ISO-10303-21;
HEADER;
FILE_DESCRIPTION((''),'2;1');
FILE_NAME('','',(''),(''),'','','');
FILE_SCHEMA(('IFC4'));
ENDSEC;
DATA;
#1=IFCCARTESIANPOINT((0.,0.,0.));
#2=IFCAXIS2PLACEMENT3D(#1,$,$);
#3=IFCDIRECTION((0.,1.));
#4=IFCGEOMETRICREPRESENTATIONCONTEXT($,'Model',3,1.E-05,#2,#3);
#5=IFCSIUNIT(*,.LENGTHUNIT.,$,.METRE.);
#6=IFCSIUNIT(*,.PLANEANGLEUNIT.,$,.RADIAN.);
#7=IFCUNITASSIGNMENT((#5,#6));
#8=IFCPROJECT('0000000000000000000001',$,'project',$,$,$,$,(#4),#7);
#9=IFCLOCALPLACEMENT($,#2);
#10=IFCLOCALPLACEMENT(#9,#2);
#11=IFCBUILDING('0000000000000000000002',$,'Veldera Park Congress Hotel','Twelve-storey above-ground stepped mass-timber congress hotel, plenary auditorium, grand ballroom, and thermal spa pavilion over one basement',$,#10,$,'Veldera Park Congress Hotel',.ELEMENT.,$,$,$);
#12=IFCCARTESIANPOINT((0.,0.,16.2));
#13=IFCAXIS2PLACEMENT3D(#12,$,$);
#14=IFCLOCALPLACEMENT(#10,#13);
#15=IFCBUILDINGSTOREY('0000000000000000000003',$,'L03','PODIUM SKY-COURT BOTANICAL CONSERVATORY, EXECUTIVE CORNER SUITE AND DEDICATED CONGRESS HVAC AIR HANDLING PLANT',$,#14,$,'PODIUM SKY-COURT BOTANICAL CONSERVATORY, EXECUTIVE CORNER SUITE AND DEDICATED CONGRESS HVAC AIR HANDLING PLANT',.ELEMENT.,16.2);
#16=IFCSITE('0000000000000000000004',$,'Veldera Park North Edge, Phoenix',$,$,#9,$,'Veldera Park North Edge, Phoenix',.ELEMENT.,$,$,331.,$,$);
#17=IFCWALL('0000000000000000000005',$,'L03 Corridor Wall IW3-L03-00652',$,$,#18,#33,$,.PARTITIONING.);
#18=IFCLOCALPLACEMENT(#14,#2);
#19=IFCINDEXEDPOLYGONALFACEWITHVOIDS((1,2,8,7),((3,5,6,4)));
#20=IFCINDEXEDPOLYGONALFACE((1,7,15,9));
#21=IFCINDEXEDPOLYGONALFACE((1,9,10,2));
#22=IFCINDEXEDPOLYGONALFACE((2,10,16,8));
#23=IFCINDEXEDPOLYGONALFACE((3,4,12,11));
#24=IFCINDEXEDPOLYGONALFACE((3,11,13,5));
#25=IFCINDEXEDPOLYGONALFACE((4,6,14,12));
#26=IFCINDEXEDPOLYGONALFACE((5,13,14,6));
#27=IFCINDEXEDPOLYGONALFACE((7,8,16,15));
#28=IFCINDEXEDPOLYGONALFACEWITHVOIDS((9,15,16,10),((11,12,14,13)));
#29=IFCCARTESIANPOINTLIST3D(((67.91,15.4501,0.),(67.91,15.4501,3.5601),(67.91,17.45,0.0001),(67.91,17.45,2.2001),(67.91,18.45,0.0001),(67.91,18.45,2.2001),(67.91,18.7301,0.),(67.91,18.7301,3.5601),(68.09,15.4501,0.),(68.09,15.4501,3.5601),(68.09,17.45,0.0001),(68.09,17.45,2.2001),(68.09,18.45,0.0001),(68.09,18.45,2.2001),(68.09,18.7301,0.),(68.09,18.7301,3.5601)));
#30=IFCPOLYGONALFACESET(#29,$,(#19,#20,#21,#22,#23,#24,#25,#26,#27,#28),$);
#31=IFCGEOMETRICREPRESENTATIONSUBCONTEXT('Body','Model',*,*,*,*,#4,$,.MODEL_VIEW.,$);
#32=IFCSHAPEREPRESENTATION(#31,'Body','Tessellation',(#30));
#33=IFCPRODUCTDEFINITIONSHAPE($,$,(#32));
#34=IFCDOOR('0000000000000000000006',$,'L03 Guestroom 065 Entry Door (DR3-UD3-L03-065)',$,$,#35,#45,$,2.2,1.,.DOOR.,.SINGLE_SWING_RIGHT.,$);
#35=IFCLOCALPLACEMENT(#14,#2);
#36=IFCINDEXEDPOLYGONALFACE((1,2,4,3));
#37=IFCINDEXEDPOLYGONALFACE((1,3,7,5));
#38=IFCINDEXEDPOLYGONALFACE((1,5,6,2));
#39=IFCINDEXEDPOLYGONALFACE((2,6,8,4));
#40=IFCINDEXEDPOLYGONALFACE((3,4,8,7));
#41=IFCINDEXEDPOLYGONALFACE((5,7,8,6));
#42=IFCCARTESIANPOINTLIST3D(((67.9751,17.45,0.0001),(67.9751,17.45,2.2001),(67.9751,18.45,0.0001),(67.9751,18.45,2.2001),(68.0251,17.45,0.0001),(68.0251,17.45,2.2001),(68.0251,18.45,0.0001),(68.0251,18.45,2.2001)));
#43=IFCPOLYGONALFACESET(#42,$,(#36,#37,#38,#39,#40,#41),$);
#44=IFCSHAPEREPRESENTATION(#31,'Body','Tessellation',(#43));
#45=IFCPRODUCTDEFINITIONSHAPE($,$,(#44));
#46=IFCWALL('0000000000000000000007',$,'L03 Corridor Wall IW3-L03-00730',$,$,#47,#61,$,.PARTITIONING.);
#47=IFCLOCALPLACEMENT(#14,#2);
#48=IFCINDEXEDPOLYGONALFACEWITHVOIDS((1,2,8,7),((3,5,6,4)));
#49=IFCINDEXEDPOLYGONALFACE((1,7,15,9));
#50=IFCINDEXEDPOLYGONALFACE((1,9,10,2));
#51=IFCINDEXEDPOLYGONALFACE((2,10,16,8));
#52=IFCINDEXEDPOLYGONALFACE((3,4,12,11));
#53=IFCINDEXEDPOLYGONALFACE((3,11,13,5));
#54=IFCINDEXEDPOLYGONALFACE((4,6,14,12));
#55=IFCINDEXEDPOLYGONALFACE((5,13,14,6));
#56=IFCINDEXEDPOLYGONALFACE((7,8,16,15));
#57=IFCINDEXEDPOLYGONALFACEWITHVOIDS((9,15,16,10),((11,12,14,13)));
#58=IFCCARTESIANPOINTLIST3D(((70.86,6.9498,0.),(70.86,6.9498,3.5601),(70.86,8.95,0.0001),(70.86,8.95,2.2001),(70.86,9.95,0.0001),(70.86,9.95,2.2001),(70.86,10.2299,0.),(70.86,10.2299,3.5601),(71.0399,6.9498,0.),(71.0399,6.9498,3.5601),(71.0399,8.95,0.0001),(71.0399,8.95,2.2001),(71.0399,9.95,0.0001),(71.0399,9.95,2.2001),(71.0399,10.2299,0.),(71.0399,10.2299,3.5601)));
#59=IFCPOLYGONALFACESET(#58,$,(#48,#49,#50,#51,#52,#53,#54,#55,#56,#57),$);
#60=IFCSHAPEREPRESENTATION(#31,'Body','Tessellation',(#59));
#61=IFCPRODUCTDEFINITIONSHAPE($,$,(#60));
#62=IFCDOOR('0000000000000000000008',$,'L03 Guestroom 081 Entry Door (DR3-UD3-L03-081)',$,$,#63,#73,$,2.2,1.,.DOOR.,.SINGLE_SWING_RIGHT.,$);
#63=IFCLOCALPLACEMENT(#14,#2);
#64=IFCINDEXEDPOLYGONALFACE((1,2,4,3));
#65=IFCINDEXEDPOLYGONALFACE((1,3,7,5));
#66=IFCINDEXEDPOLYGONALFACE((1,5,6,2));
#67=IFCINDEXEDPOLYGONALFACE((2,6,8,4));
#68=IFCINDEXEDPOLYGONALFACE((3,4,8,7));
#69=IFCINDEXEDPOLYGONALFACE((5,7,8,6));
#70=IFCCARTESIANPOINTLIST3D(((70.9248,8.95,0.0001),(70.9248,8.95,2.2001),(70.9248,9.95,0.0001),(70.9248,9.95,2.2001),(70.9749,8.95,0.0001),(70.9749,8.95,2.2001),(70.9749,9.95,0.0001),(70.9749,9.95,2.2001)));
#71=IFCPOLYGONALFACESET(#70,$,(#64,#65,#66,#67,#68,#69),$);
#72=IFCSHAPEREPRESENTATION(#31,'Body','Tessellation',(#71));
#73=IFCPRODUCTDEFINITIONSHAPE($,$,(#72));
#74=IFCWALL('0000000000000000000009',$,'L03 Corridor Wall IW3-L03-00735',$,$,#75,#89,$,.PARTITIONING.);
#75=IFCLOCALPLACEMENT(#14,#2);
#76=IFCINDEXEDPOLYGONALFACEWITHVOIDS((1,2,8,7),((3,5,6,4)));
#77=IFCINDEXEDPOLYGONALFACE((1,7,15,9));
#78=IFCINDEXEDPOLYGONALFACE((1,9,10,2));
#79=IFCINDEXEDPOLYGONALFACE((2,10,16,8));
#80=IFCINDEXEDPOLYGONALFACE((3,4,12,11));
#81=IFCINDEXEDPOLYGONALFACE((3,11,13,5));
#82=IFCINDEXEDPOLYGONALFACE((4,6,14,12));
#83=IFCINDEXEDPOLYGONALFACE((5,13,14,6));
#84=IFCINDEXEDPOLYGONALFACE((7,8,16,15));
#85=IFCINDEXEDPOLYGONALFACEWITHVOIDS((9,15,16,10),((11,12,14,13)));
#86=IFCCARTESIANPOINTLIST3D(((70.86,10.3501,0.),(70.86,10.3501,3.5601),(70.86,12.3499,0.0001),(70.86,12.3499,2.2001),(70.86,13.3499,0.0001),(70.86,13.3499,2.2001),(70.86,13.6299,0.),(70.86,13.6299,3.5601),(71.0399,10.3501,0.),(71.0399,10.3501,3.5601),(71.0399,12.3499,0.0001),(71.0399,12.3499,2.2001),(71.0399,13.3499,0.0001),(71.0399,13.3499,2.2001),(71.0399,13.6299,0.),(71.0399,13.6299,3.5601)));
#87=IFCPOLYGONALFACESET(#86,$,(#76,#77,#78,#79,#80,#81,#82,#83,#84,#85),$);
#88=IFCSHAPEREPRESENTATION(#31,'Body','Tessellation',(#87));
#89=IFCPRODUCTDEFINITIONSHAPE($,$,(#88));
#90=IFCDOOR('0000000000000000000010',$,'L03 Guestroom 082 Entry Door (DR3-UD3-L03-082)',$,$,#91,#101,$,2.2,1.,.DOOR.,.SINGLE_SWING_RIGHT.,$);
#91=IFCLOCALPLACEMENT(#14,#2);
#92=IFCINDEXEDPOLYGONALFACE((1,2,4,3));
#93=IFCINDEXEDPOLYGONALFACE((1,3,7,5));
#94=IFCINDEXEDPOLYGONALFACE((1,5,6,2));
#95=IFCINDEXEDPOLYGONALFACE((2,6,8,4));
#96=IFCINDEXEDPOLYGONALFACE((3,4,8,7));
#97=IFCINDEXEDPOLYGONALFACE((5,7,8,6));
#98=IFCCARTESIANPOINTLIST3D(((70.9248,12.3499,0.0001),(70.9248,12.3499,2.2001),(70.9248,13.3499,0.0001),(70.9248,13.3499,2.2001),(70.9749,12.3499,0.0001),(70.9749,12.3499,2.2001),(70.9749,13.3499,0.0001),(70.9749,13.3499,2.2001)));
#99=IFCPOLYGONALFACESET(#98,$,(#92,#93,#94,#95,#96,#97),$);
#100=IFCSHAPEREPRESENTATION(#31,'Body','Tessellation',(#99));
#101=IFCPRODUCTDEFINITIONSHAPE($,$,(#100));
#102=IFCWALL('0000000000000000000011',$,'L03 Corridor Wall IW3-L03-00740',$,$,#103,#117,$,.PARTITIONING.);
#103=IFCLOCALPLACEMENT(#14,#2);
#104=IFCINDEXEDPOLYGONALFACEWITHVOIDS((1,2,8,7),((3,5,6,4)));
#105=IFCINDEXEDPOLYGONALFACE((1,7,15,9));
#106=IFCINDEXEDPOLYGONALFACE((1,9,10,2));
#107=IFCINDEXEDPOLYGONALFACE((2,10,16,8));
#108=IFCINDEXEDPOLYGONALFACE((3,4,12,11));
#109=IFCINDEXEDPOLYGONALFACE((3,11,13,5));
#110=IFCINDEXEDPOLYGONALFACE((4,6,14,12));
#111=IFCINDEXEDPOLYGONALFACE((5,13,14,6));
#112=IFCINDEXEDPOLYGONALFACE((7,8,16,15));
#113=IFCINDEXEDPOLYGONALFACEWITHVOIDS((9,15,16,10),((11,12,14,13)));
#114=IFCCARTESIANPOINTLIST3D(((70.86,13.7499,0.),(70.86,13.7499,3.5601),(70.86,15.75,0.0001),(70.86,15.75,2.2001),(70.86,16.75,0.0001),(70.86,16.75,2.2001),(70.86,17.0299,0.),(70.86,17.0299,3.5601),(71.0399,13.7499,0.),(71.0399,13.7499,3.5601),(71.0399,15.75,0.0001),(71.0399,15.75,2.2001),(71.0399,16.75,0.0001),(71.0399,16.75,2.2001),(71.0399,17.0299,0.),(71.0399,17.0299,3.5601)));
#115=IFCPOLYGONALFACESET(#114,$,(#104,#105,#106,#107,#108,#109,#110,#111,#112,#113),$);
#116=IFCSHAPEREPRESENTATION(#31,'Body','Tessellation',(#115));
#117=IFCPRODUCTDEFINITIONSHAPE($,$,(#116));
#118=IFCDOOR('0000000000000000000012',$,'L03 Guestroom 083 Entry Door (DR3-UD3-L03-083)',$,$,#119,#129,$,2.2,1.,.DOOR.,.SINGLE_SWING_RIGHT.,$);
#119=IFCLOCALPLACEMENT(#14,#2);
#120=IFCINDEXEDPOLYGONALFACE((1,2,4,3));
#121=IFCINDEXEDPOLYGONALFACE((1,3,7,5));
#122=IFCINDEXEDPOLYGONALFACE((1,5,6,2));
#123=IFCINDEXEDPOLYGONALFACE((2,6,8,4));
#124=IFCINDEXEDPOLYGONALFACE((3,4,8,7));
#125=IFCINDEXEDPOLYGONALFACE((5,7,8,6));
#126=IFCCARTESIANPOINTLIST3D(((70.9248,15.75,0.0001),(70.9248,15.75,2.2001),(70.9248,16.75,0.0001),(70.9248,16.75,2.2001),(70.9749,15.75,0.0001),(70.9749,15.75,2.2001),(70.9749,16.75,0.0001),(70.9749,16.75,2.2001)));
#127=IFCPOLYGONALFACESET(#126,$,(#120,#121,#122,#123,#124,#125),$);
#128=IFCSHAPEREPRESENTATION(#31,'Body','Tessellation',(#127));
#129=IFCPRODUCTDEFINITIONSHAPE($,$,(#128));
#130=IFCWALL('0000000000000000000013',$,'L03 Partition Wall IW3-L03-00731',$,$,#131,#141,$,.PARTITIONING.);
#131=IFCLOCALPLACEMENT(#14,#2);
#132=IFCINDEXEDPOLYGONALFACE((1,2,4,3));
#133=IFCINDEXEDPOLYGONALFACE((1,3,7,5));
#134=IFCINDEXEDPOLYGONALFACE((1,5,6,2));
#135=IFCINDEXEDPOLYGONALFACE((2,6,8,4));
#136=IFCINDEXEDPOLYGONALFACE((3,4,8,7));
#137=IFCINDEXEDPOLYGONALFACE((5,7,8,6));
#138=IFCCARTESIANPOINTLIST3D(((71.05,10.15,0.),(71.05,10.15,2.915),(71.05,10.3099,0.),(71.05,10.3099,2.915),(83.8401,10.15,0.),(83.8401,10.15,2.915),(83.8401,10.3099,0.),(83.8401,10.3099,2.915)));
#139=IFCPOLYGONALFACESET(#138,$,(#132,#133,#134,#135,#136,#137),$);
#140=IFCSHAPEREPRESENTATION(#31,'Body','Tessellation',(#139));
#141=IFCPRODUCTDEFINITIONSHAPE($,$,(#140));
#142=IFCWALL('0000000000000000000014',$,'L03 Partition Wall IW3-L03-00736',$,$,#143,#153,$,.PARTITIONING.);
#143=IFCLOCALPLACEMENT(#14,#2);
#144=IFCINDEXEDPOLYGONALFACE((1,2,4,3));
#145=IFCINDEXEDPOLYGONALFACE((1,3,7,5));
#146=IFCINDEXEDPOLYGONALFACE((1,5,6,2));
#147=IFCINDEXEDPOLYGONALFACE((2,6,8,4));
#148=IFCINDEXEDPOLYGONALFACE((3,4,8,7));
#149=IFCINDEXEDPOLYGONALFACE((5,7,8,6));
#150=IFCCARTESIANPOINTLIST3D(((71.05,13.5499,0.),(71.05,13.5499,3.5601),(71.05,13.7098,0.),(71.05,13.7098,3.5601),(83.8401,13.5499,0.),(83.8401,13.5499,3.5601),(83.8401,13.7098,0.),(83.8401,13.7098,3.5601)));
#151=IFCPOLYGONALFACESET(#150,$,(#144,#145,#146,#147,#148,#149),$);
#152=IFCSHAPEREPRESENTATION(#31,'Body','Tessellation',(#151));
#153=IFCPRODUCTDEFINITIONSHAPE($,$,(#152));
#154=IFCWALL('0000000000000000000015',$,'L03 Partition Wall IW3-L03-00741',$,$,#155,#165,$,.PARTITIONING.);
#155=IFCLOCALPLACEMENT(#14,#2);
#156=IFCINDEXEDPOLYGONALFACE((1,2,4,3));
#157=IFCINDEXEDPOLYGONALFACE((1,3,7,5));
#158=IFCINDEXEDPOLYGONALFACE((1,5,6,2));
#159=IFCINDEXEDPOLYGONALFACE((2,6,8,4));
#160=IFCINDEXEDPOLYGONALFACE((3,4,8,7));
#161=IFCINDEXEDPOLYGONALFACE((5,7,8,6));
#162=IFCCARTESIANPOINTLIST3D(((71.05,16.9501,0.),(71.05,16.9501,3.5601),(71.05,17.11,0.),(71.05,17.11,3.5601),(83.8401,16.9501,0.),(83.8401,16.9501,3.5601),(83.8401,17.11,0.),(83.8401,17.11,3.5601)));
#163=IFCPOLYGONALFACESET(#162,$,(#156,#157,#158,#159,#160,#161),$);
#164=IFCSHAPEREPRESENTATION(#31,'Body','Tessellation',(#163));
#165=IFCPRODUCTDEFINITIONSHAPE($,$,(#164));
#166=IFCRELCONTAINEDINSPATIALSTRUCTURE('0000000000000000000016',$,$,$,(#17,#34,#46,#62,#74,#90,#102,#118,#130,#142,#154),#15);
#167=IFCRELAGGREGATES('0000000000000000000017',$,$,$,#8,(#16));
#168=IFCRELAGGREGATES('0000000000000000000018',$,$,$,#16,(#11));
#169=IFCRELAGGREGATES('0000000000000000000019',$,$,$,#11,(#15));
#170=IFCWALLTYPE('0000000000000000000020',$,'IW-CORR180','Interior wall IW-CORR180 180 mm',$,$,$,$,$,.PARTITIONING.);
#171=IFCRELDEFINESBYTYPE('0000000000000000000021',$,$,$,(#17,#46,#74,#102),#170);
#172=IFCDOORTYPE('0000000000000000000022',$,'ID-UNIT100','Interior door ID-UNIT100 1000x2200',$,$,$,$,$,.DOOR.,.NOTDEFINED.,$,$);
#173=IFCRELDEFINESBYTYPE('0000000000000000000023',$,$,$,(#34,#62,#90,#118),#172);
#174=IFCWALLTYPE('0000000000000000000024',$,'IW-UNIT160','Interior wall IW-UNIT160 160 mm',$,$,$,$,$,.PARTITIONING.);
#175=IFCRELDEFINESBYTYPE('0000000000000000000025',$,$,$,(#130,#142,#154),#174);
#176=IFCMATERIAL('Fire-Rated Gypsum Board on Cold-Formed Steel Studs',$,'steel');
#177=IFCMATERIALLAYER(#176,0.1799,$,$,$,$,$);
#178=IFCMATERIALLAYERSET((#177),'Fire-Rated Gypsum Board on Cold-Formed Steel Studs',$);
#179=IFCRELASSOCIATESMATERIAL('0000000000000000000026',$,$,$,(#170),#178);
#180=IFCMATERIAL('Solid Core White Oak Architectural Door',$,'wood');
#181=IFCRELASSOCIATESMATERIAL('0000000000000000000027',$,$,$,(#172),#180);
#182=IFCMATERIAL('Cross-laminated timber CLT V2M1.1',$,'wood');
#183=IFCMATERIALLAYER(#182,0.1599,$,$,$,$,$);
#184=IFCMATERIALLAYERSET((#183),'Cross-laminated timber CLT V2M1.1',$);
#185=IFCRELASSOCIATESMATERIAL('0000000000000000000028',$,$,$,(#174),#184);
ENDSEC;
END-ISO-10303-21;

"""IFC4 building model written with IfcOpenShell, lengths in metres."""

from ifc_helpers import new_model, si_unit, direction, frame, frame_2d, origin, place, context, subcontext, project, spatial, rectangle, extrude, material, layer, layer_set, type_object, element, fill, save


model = new_model("IFC4")

# Units and contexts
model_context = context("Model", 3, precision=1e-05, world=origin(), true_north=direction((0.0, 1.0)))
body_context = subcontext(model_context, "Body", "Model", "MODEL_VIEW")
ifc_project = project(units=[si_unit("LENGTHUNIT", "METRE"), si_unit("PLANEANGLEUNIT", "RADIAN")], contexts=[model_context])

# Site, building, storey
site_placement = place(None, origin())
site = spatial("IfcSite", under=ifc_project, at=site_placement, Name="Veldera Park North Edge, Phoenix", LongName="Veldera Park North Edge, Phoenix", CompositionType="ELEMENT", RefElevation=331.0)
building_placement = place(site_placement, origin())
building = spatial("IfcBuilding", under=site, at=building_placement, Name="Veldera Park Congress Hotel", Description="Twelve-storey above-ground stepped mass-timber congress hotel, plenary auditorium, grand ballroom, and thermal spa pavilion over one basement", LongName="Veldera Park Congress Hotel", CompositionType="ELEMENT")
storey_placement = place(building_placement, frame((0.0, 0.0, 16.2)))
storey = spatial("IfcBuildingStorey", under=building, at=storey_placement, Name="L03", Description="PODIUM SKY-COURT BOTANICAL CONSERVATORY, EXECUTIVE CORNER SUITE AND DEDICATED CONGRESS HVAC AIR HANDLING PLANT", LongName="PODIUM SKY-COURT BOTANICAL CONSERVATORY, EXECUTIVE CORNER SUITE AND DEDICATED CONGRESS HVAC AIR HANDLING PLANT", CompositionType="ELEMENT", Elevation=16.2)

# Shared definitions
ifc_material_1 = material(Name="Fire-Rated Gypsum Board on Cold-Formed Steel Studs", Category="steel")
ifc_material_2 = material(Name="Solid Core White Oak Architectural Door", Category="wood")

# Walls, openings, doors
ifc_layer_1 = layer(ifc_material_1, 0.1799)
ifc_layer_set_1 = layer_set([ifc_layer_1], Name="Fire-Rated Gypsum Board on Cold-Formed Steel Studs")
wall_type_1 = type_object("IfcWallType", Name="IW-CORR180", Description="Interior wall IW-CORR180 180 mm", PredefinedType="PARTITIONING", material=ifc_layer_set_1)
door_type_1 = type_object("IfcDoorType", Name="ID-UNIT100", Description="Interior door ID-UNIT100 1000x2200", OperationType="NOTDEFINED", PredefinedType="DOOR", material=ifc_material_2)
wall_1_placement = place(storey_placement, frame((68.0, 15.45, 0.0), z_axis=(0.0, 0.0, 1.0), x_axis=(0.0, 1.0, 0.0)))
wall_1 = element("IfcWall", 1, at=wall_1_placement, inside=storey, type_object=wall_type_1, Name="L03 Corridor Wall IW3-L03-00652", PredefinedType="PARTITIONING", context=body_context, shape_type="SweptSolid", body=[
    extrude(rectangle(XDim=3.28, YDim=0.1799, at=frame_2d((1.6401, 0.0))), origin(), (0.0, 0.0, 1.0), 3.5601),
])
opening_1_placement = place(wall_1_placement, frame((2.0, 0.0, 0.0)))
opening_1 = element("IfcOpeningElement", 2, at=opening_1_placement, cuts=wall_1, PredefinedType="OPENING", context=body_context, shape_type="SweptSolid", body=[
    extrude(rectangle(XDim=1.0, YDim=2.2, at=frame_2d((0.5, 1.1001))), frame((0.0, 0.1021, 0.0), z_axis=(0.0, -1.0, 0.0), x_axis=(1.0, 0.0, 0.0)), (0.0, 0.0, 1.0), 0.2039),
])
door_1_placement = place(opening_1_placement, origin())
door_1 = element("IfcDoor", 3, at=door_1_placement, inside=storey, type_object=door_type_1, Name="L03 Guestroom 065 Entry Door (DR3-UD3-L03-065)", OperationType="SINGLE_SWING_RIGHT", OverallHeight=2.2, OverallWidth=1.0, PredefinedType="DOOR", context=body_context, shape_type="SweptSolid", body=[
    extrude(rectangle(XDim=1.0, YDim=2.2, at=frame_2d((0.5, 1.1001))), frame((0.0, 0.0249, 0.0), z_axis=(0.0, -1.0, 0.0), x_axis=(1.0, 0.0, 0.0)), (0.0, 0.0, 1.0), 0.05),
])
fill(opening_1, door_1)
wall_2_placement = place(storey_placement, frame((70.95, 10.23, 0.0), z_axis=(0.0, 0.0, 1.0), x_axis=(0.0, -1.0, 0.0)))
wall_2 = element("IfcWall", 4, at=wall_2_placement, inside=storey, type_object=wall_type_1, Name="L03 Corridor Wall IW3-L03-00730", PredefinedType="PARTITIONING", context=body_context, shape_type="SweptSolid", body=[
    extrude(rectangle(XDim=3.28, YDim=0.1799, at=frame_2d((1.6401, 0.0))), origin(), (0.0, 0.0, 1.0), 3.5601),
])
opening_2_placement = place(wall_2_placement, frame((0.28, 0.0, 0.0)))
opening_2 = element("IfcOpeningElement", 5, at=opening_2_placement, cuts=wall_2, PredefinedType="OPENING", context=body_context, shape_type="SweptSolid", body=[
    extrude(rectangle(XDim=1.0, YDim=2.2, at=frame_2d((0.5, 1.1001))), frame((0.0, 0.1021, 0.0), z_axis=(0.0, -1.0, 0.0), x_axis=(1.0, 0.0, 0.0)), (0.0, 0.0, 1.0), 0.2039),
])
door_2_placement = place(opening_2_placement, origin())
door_2 = element("IfcDoor", 6, at=door_2_placement, inside=storey, type_object=door_type_1, Name="L03 Guestroom 081 Entry Door (DR3-UD3-L03-081)", OperationType="SINGLE_SWING_RIGHT", OverallHeight=2.2, OverallWidth=1.0, PredefinedType="DOOR", context=body_context, shape_type="SweptSolid", body=[
    extrude(rectangle(XDim=1.0, YDim=2.2, at=frame_2d((0.5, 1.1001))), frame((0.0, 0.0249, 0.0), z_axis=(0.0, -1.0, 0.0), x_axis=(1.0, 0.0, 0.0)), (0.0, 0.0, 1.0), 0.05),
])
fill(opening_2, door_2)
wall_3_placement = place(storey_placement, frame((70.95, 13.6299, 0.0), z_axis=(0.0, 0.0, 1.0), x_axis=(0.0, -1.0, 0.0)))
wall_3 = element("IfcWall", 7, at=wall_3_placement, inside=storey, type_object=wall_type_1, Name="L03 Corridor Wall IW3-L03-00735", PredefinedType="PARTITIONING", context=body_context, shape_type="SweptSolid", body=[
    extrude(rectangle(XDim=3.2798, YDim=0.1799, at=frame_2d((1.6399, 0.0))), origin(), (0.0, 0.0, 1.0), 3.5601),
])
opening_3_placement = place(wall_3_placement, frame((0.28, 0.0, 0.0)))
opening_3 = element("IfcOpeningElement", 8, at=opening_3_placement, cuts=wall_3, PredefinedType="OPENING", context=body_context, shape_type="SweptSolid", body=[
    extrude(rectangle(XDim=1.0, YDim=2.2, at=frame_2d((0.5, 1.1001))), frame((0.0, 0.1021, 0.0), z_axis=(0.0, -1.0, 0.0), x_axis=(1.0, 0.0, 0.0)), (0.0, 0.0, 1.0), 0.2039),
])
door_3_placement = place(opening_3_placement, origin())
door_3 = element("IfcDoor", 9, at=door_3_placement, inside=storey, type_object=door_type_1, Name="L03 Guestroom 082 Entry Door (DR3-UD3-L03-082)", OperationType="SINGLE_SWING_RIGHT", OverallHeight=2.2, OverallWidth=1.0, PredefinedType="DOOR", context=body_context, shape_type="SweptSolid", body=[
    extrude(rectangle(XDim=1.0, YDim=2.2, at=frame_2d((0.5, 1.1001))), frame((0.0, 0.0249, 0.0), z_axis=(0.0, -1.0, 0.0), x_axis=(1.0, 0.0, 0.0)), (0.0, 0.0, 1.0), 0.05),
])
fill(opening_3, door_3)
wall_4_placement = place(storey_placement, frame((70.95, 17.03, 0.0), z_axis=(0.0, 0.0, 1.0), x_axis=(0.0, -1.0, 0.0)))
wall_4 = element("IfcWall", 10, at=wall_4_placement, inside=storey, type_object=wall_type_1, Name="L03 Corridor Wall IW3-L03-00740", PredefinedType="PARTITIONING", context=body_context, shape_type="SweptSolid", body=[
    extrude(rectangle(XDim=3.28, YDim=0.1799, at=frame_2d((1.6401, 0.0))), origin(), (0.0, 0.0, 1.0), 3.5601),
])
opening_4_placement = place(wall_4_placement, frame((0.28, 0.0, 0.0)))
opening_4 = element("IfcOpeningElement", 11, at=opening_4_placement, cuts=wall_4, PredefinedType="OPENING", context=body_context, shape_type="SweptSolid", body=[
    extrude(rectangle(XDim=1.0, YDim=2.2, at=frame_2d((0.5, 1.1001))), frame((0.0, 0.1021, 0.0), z_axis=(0.0, -1.0, 0.0), x_axis=(1.0, 0.0, 0.0)), (0.0, 0.0, 1.0), 0.2039),
])
door_4_placement = place(opening_4_placement, origin())
door_4 = element("IfcDoor", 12, at=door_4_placement, inside=storey, type_object=door_type_1, Name="L03 Guestroom 083 Entry Door (DR3-UD3-L03-083)", OperationType="SINGLE_SWING_RIGHT", OverallHeight=2.2, OverallWidth=1.0, PredefinedType="DOOR", context=body_context, shape_type="SweptSolid", body=[
    extrude(rectangle(XDim=1.0, YDim=2.2, at=frame_2d((0.5, 1.1001))), frame((0.0, 0.0249, 0.0), z_axis=(0.0, -1.0, 0.0), x_axis=(1.0, 0.0, 0.0)), (0.0, 0.0, 1.0), 0.05),
])
fill(opening_4, door_4)

# Walls
ifc_material_3 = material(Name="Cross-laminated timber CLT V2M1.1", Category="wood")
ifc_layer_2 = layer(ifc_material_3, 0.1599)
ifc_layer_set_2 = layer_set([ifc_layer_2], Name="Cross-laminated timber CLT V2M1.1")
wall_type_2 = type_object("IfcWallType", Name="IW-UNIT160", Description="Interior wall IW-UNIT160 160 mm", PredefinedType="PARTITIONING", material=ifc_layer_set_2)
wall_5_placement = place(storey_placement, frame((71.05, 10.23, 0.0), z_axis=(0.0, 0.0, 1.0), x_axis=(1.0, 0.0, 0.0)))
element("IfcWall", 13, at=wall_5_placement, inside=storey, type_object=wall_type_2, Name="L03 Partition Wall IW3-L03-00731", PredefinedType="PARTITIONING", context=body_context, shape_type="SweptSolid", body=[
    extrude(rectangle(XDim=12.79, YDim=0.1599, at=frame_2d((6.395, 0.0))), origin(), (0.0, 0.0, 1.0), 2.915),
])
for number, where, z_axis, x_axis, name in (
    (14, (71.05, 13.6299, 0.0), (0.0, 0.0, 1.0), (1.0, 0.0, 0.0), "L03 Partition Wall IW3-L03-00736"),
    (15, (71.05, 17.03, 0.0), (0.0, 0.0, 1.0), (1.0, 0.0, 0.0), "L03 Partition Wall IW3-L03-00741"),
):
    element("IfcWall", number, at=place(storey_placement, frame(where, z_axis=z_axis, x_axis=x_axis)), inside=storey, type_object=wall_type_2, Name=name, PredefinedType="PARTITIONING", context=body_context, shape_type="SweptSolid", body=[
        extrude(rectangle(XDim=12.79, YDim=0.1599, at=frame_2d((6.395, 0.0))), origin(), (0.0, 0.0, 1.0), 3.5601),
    ])

save(model, "model.ifc")
